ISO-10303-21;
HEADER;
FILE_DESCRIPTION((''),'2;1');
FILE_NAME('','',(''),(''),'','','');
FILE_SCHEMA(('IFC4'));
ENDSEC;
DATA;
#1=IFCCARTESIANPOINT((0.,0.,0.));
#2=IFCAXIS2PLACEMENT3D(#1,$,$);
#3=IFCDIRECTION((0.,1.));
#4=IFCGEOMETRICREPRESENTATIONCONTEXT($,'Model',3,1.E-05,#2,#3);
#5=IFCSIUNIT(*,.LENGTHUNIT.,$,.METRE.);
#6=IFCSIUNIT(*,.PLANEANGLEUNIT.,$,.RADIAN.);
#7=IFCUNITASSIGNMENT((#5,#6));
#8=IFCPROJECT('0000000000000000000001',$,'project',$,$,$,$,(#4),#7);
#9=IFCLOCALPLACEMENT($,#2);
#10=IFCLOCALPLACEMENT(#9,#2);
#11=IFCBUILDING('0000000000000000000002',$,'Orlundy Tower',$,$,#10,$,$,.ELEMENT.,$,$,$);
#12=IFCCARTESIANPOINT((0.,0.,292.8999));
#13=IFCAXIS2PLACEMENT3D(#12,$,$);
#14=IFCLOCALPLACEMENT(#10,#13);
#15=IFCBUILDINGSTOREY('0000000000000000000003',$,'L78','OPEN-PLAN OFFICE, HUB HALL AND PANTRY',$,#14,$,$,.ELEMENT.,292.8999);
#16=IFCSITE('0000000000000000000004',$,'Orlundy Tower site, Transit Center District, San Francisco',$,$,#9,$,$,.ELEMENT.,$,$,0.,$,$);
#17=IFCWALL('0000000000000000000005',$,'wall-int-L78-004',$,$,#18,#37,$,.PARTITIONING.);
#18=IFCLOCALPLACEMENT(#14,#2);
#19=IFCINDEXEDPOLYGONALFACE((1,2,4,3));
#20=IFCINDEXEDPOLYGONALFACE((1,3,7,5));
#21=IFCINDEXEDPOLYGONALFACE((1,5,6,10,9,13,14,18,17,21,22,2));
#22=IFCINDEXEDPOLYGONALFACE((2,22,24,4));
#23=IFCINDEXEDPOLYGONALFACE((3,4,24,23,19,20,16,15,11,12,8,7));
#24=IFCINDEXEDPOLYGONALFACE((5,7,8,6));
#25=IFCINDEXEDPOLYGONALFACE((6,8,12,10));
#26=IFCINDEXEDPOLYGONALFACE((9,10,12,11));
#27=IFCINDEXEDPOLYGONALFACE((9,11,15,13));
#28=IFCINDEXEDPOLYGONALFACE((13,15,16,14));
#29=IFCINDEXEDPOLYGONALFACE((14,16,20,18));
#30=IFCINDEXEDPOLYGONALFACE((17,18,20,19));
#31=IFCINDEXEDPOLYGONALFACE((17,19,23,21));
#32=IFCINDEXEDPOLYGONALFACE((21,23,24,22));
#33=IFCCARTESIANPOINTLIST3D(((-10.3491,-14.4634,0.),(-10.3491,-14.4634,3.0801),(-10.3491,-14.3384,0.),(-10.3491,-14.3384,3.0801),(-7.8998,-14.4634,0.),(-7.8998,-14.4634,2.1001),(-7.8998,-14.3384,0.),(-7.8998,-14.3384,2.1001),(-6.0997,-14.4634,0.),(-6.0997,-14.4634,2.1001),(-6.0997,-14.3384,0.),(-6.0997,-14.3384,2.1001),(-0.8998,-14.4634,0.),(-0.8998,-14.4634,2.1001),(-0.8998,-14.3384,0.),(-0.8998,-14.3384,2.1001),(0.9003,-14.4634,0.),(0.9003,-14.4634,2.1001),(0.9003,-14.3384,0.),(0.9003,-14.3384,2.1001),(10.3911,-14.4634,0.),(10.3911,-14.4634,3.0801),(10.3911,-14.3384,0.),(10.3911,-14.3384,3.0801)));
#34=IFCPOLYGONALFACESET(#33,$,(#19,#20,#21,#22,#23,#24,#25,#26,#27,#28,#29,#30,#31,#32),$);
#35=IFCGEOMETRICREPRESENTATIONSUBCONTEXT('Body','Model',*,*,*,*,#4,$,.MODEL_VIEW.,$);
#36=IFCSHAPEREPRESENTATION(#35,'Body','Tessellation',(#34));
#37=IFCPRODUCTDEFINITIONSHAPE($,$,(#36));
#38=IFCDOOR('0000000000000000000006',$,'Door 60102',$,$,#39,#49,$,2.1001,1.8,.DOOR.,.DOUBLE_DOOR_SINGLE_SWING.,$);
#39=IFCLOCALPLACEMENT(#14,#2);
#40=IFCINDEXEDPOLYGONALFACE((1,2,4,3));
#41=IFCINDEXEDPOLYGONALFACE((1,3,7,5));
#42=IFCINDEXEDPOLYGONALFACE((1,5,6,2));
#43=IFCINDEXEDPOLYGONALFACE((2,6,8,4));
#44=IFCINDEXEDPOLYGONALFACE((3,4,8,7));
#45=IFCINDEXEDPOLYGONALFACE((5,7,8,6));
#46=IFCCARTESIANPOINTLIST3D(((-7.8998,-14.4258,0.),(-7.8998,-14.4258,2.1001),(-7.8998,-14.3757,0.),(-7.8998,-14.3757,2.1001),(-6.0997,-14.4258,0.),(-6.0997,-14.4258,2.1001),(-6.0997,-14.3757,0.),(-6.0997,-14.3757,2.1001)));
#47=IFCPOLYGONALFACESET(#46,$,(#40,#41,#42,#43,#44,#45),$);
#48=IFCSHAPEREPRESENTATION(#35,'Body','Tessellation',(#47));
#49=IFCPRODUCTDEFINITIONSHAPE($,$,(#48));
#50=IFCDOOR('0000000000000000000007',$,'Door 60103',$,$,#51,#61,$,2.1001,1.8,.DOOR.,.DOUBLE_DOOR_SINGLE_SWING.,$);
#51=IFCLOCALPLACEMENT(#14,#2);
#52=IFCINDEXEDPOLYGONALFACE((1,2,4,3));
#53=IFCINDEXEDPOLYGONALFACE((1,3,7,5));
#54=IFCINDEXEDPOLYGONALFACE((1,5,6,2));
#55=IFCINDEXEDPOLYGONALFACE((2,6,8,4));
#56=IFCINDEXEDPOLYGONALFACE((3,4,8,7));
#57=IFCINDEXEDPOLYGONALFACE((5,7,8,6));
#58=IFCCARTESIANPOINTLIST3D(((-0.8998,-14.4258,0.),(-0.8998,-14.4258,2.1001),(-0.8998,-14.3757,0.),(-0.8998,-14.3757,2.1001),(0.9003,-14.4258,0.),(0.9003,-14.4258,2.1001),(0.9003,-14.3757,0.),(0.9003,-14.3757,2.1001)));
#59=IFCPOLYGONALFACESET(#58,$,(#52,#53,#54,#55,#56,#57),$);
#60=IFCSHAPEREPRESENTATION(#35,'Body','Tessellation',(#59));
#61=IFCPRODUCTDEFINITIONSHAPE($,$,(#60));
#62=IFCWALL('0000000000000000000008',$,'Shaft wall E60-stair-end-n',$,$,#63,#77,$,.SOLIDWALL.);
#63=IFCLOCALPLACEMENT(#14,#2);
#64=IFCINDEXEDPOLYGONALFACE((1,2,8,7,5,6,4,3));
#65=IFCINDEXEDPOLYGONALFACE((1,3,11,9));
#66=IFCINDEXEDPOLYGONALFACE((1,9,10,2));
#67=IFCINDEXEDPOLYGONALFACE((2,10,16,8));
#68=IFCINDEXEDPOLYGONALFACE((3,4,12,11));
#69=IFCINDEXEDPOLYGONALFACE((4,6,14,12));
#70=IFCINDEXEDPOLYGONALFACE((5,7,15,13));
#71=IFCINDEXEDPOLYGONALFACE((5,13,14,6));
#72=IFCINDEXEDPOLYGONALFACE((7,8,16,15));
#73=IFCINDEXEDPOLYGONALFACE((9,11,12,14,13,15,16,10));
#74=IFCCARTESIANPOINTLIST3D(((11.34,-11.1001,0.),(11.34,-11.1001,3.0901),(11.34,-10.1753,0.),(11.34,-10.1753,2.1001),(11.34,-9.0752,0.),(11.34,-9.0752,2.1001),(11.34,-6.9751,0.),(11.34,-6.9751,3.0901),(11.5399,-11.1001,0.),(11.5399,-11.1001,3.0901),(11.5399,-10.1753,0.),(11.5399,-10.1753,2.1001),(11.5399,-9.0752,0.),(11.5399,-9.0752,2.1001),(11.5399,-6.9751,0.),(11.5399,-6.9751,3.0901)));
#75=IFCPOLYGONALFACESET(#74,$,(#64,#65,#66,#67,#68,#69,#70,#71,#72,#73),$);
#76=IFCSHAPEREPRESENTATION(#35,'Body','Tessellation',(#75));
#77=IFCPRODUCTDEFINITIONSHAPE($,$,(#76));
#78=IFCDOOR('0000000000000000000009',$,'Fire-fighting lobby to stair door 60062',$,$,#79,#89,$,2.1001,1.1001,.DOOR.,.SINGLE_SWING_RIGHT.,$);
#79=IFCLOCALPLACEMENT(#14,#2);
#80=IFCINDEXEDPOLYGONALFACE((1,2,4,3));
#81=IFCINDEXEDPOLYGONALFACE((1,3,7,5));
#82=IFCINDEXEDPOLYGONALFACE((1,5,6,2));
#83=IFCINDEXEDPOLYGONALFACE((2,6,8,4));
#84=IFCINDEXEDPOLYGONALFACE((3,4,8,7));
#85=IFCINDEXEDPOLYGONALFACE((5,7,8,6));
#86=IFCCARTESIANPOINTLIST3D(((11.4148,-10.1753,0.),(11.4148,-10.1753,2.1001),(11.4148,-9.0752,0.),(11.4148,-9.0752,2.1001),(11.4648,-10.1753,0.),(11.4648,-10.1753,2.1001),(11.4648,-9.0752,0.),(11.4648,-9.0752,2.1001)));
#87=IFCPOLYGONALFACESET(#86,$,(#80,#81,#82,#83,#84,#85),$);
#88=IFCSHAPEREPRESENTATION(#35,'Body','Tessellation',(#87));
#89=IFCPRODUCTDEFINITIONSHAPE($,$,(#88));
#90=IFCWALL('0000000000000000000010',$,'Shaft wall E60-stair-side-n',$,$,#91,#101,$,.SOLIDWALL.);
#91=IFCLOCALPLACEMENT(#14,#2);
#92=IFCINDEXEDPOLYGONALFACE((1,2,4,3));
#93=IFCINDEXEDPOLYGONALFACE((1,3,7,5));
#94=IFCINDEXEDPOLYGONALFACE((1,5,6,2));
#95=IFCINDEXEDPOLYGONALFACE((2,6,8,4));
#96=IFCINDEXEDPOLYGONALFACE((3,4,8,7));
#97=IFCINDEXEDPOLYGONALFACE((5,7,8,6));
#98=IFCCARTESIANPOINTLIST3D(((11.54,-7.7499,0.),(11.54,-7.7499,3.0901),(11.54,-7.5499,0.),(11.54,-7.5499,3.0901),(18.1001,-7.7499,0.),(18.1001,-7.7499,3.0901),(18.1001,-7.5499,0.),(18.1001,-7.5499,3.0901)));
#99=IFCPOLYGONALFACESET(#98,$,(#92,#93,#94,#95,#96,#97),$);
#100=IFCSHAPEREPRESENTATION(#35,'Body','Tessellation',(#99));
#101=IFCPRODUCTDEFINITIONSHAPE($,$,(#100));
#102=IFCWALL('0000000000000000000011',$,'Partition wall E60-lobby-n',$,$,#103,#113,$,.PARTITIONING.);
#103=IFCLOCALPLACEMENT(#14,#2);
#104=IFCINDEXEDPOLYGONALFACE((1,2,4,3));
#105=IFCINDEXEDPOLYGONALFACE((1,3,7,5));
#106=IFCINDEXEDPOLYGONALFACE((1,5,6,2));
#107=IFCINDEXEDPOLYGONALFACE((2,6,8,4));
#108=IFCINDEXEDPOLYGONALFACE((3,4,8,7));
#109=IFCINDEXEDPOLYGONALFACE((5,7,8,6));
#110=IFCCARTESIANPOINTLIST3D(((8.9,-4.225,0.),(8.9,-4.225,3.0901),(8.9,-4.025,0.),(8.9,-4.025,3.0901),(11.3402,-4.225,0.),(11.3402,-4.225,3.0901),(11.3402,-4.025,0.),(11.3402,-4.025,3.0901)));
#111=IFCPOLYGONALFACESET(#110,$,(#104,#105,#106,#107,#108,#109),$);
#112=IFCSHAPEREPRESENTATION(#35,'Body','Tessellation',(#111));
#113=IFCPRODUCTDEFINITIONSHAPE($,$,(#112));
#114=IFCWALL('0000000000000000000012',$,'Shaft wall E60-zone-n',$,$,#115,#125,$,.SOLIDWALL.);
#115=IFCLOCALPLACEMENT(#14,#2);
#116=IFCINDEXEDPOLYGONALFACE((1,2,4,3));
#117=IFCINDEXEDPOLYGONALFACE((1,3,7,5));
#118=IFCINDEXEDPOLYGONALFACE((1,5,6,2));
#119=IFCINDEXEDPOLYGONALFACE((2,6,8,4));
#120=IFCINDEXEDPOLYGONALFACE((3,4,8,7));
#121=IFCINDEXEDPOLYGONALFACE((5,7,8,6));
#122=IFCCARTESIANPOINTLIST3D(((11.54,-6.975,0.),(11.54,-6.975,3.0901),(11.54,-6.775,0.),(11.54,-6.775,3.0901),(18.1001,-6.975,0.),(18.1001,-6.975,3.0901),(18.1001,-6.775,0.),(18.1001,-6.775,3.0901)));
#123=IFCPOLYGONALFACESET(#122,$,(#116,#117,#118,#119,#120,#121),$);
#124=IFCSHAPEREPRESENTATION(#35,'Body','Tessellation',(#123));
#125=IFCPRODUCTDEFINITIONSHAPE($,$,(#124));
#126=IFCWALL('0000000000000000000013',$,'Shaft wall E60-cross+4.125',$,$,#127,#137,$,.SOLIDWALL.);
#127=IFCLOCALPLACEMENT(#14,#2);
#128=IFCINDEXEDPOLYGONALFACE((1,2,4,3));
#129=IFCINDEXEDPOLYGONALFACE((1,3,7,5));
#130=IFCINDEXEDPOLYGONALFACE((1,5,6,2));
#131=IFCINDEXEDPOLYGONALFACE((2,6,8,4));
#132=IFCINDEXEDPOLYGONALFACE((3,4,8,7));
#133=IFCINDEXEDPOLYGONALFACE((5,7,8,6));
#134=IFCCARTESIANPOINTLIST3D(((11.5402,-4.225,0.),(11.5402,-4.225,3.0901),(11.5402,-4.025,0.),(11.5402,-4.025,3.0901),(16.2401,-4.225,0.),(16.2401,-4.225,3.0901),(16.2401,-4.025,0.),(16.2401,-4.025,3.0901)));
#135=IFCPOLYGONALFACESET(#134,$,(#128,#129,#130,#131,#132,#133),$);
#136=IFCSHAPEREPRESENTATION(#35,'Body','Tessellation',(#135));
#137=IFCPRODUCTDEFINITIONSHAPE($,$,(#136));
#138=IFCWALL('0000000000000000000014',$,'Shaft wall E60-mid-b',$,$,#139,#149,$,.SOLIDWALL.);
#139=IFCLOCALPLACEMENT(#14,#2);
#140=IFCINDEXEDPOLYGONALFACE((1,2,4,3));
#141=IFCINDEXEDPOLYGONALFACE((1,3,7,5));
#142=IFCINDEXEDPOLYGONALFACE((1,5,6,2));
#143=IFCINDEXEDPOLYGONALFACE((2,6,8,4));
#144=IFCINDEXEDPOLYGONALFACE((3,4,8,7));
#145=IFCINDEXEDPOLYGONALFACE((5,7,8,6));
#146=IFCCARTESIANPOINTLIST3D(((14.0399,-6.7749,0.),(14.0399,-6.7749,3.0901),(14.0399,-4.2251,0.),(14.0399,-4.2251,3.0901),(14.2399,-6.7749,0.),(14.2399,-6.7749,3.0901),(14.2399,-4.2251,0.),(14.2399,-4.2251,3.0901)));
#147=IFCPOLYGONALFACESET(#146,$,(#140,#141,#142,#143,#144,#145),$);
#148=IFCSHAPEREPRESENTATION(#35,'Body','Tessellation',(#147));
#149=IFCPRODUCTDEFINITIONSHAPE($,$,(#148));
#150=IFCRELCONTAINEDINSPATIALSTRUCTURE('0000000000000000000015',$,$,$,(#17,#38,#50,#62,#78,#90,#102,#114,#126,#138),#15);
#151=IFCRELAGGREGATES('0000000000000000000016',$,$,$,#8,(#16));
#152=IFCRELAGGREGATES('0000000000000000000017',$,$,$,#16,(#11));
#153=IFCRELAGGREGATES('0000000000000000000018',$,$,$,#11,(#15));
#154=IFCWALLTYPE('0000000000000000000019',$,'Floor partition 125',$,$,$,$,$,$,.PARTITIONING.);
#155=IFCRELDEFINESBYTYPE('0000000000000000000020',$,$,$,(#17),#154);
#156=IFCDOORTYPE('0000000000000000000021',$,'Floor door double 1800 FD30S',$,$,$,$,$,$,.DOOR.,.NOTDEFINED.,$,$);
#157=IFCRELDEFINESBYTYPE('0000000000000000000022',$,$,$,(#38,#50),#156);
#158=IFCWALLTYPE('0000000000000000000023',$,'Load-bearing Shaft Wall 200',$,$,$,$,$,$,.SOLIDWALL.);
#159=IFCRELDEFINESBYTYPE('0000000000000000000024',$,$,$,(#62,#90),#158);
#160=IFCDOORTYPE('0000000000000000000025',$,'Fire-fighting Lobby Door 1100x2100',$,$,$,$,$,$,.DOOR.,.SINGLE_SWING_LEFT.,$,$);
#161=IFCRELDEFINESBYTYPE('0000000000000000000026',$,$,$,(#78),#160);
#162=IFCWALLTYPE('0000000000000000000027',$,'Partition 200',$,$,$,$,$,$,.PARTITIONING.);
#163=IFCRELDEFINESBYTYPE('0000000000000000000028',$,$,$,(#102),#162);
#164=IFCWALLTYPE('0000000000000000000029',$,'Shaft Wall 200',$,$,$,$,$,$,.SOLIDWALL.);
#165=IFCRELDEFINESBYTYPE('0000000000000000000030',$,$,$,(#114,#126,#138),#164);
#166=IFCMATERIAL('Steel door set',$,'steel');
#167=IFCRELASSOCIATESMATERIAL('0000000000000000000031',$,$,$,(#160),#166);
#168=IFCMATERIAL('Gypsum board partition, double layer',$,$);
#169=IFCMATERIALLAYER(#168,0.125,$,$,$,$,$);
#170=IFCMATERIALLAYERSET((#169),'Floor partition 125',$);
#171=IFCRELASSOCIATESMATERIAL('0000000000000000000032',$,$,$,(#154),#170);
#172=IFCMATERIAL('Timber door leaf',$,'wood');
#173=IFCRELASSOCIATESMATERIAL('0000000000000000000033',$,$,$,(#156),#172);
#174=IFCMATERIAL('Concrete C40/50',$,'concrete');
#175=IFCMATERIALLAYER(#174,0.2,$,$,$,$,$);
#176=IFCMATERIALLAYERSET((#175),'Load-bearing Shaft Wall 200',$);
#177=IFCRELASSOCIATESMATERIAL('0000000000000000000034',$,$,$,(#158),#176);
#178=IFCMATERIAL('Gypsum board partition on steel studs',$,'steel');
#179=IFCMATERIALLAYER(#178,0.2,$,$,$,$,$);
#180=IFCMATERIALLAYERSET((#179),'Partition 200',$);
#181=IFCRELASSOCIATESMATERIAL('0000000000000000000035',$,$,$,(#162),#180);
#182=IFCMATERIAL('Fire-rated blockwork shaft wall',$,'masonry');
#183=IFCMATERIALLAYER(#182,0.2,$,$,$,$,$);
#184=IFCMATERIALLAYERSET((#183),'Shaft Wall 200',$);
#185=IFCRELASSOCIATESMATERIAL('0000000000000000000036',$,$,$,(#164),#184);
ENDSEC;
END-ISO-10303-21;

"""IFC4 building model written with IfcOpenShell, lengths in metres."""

from ifc_helpers import new_model, si_unit, direction, frame, frame_2d, origin, place, context, subcontext, project, spatial, rectangle, extrude, material, layer, layer_set, type_object, element, fill, save


model = new_model("IFC4")

# Units and contexts
model_context = context("Model", 3, precision=1e-05, world=origin(), true_north=direction((0.0, 1.0)))
body_context = subcontext(model_context, "Body", "Model", "MODEL_VIEW")
ifc_project = project(units=[si_unit("LENGTHUNIT", "METRE"), si_unit("PLANEANGLEUNIT", "RADIAN")], contexts=[model_context])

# Site, building, storey
site_placement = place(None, origin())
site = spatial("IfcSite", under=ifc_project, at=site_placement, Name="Orlundy Tower site, Transit Center District, San Francisco", CompositionType="ELEMENT", RefElevation=0.0)
building_placement = place(site_placement, origin())
building = spatial("IfcBuilding", under=site, at=building_placement, Name="Orlundy Tower", CompositionType="ELEMENT")
storey_placement = place(building_placement, frame((0.0, 0.0, 292.8999)))
storey = spatial("IfcBuildingStorey", under=building, at=storey_placement, Name="L78", Description="OPEN-PLAN OFFICE, HUB HALL AND PANTRY", CompositionType="ELEMENT", Elevation=292.8999)

# Shared definitions
ifc_material_1 = material(Name="Steel door set", Category="steel")
door_type_1 = type_object("IfcDoorType", Name="Fire-fighting Lobby Door 1100x2100", OperationType="SINGLE_SWING_LEFT", PredefinedType="DOOR", material=ifc_material_1)

# Wall, openings, doors
ifc_material_2 = material(Name="Gypsum board partition, double layer")
ifc_layer_1 = layer(ifc_material_2, 0.125)
ifc_layer_set_1 = layer_set([ifc_layer_1], Name="Floor partition 125")
wall_type_1 = type_object("IfcWallType", Name="Floor partition 125", PredefinedType="PARTITIONING", material=ifc_layer_set_1)
wall_1_placement = place(storey_placement, frame((10.3911, -14.4009, 0.0), z_axis=(0.0, 0.0, 1.0), x_axis=(-1.0, 0.0, 0.0)))
wall_1 = element("IfcWall", 1, at=wall_1_placement, inside=storey, type_object=wall_type_1, Name="wall-int-L78-004", PredefinedType="PARTITIONING", context=body_context, shape_type="SweptSolid", body=[
    extrude(rectangle(XDim=20.7402, YDim=0.125, at=frame_2d((10.3701, 0.0))), origin(), (0.0, 0.0, 1.0), 3.0801),
])
opening_1_placement = place(wall_1_placement, frame((16.491, 0.0, 0.0)))
opening_1 = element("IfcOpeningElement", 2, at=opening_1_placement, cuts=wall_1, PredefinedType="OPENING", context=body_context, shape_type="SweptSolid", body=[
    extrude(rectangle(XDim=1.8, YDim=2.1001, at=frame_2d((0.8999, 1.05))), frame((0.0, 0.0725, 0.0), z_axis=(0.0, -1.0, 0.0), x_axis=(1.0, 0.0, 0.0)), (0.0, 0.0, 1.0), 0.145),
])
opening_2_placement = place(wall_1_placement, frame((9.491, 0.0, 0.0)))
opening_2 = element("IfcOpeningElement", 3, at=opening_2_placement, cuts=wall_1, PredefinedType="OPENING", context=body_context, shape_type="SweptSolid", body=[
    extrude(rectangle(XDim=1.8, YDim=2.1001, at=frame_2d((0.8999, 1.05))), frame((0.0, 0.0725, 0.0), z_axis=(0.0, -1.0, 0.0), x_axis=(1.0, 0.0, 0.0)), (0.0, 0.0, 1.0), 0.145),
])
ifc_material_3 = material(Name="Timber door leaf", Category="wood")
door_type_2 = type_object("IfcDoorType", Name="Floor door double 1800 FD30S", OperationType="NOTDEFINED", PredefinedType="DOOR", material=ifc_material_3)
door_1_placement = place(opening_1_placement, origin())
door_1 = element("IfcDoor", 4, at=door_1_placement, inside=storey, type_object=door_type_2, Name="Door 60102", OperationType="DOUBLE_DOOR_SINGLE_SWING", OverallHeight=2.1001, OverallWidth=1.8, PredefinedType="DOOR", context=body_context, shape_type="SweptSolid", body=[
    extrude(rectangle(XDim=1.8, YDim=2.1001, at=frame_2d((0.8999, 1.05))), frame((0.0, 0.0249, 0.0), z_axis=(0.0, -1.0, 0.0), x_axis=(1.0, 0.0, 0.0)), (0.0, 0.0, 1.0), 0.05),
])
fill(opening_1, door_1)
door_2_placement = place(opening_2_placement, origin())
door_2 = element("IfcDoor", 5, at=door_2_placement, inside=storey, type_object=door_type_2, Name="Door 60103", OperationType="DOUBLE_DOOR_SINGLE_SWING", OverallHeight=2.1001, OverallWidth=1.8, PredefinedType="DOOR", context=body_context, shape_type="SweptSolid", body=[
    extrude(rectangle(XDim=1.8, YDim=2.1001, at=frame_2d((0.8999, 1.05))), frame((0.0, 0.0249, 0.0), z_axis=(0.0, -1.0, 0.0), x_axis=(1.0, 0.0, 0.0)), (0.0, 0.0, 1.0), 0.05),
])
fill(opening_2, door_2)

# Wall, opening, door
ifc_material_4 = material(Name="Concrete C40/50", Category="concrete")
ifc_layer_2 = layer(ifc_material_4, 0.2)
ifc_layer_set_2 = layer_set([ifc_layer_2], Name="Load-bearing Shaft Wall 200")
wall_type_2 = type_object("IfcWallType", Name="Load-bearing Shaft Wall 200", PredefinedType="SOLIDWALL", material=ifc_layer_set_2)
wall_2_placement = place(storey_placement, frame((11.4399, -6.9751, 0.0), z_axis=(0.0, 0.0, 1.0), x_axis=(0.0, -1.0, 0.0)))
wall_2 = element("IfcWall", 6, at=wall_2_placement, inside=storey, type_object=wall_type_2, Name="Shaft wall E60-stair-end-n", PredefinedType="SOLIDWALL", context=body_context, shape_type="SweptSolid", body=[
    extrude(rectangle(XDim=4.125, YDim=0.2, at=frame_2d((2.0625, 0.0))), origin(), (0.0, 0.0, 1.0), 3.0901),
])
opening_3_placement = place(wall_2_placement, frame((2.1001, 0.0, 0.0)))
opening_3 = element("IfcOpeningElement", 7, at=opening_3_placement, cuts=wall_2, PredefinedType="OPENING", context=body_context, shape_type="SweptSolid", body=[
    extrude(rectangle(XDim=1.1001, YDim=2.1001, at=frame_2d((0.55, 1.05))), frame((0.0, 0.1101, 0.0), z_axis=(0.0, -1.0, 0.0), x_axis=(1.0, 0.0, 0.0)), (0.0, 0.0, 1.0), 0.2202),
])
door_3_placement = place(opening_3_placement, origin())
door_3 = element("IfcDoor", 8, at=door_3_placement, inside=storey, type_object=door_type_1, Name="Fire-fighting lobby to stair door 60062", OperationType="SINGLE_SWING_RIGHT", OverallHeight=2.1001, OverallWidth=1.1001, PredefinedType="DOOR", context=body_context, shape_type="SweptSolid", body=[
    extrude(rectangle(XDim=1.1001, YDim=2.1001, at=frame_2d((0.55, 1.05))), frame((0.0, 0.0249, 0.0), z_axis=(0.0, -1.0, 0.0), x_axis=(1.0, 0.0, 0.0)), (0.0, 0.0, 1.0), 0.05),
])
fill(opening_3, door_3)

# Walls
wall_3_placement = place(storey_placement, frame((11.54, -7.6499, 0.0), z_axis=(0.0, 0.0, 1.0), x_axis=(1.0, 0.0, 0.0)))
element("IfcWall", 9, at=wall_3_placement, inside=storey, type_object=wall_type_2, Name="Shaft wall E60-stair-side-n", PredefinedType="SOLIDWALL", context=body_context, shape_type="SweptSolid", body=[
    extrude(rectangle(XDim=6.5601, YDim=0.2, at=frame_2d((3.28, 0.0))), origin(), (0.0, 0.0, 1.0), 3.0901),
])
ifc_material_5 = material(Name="Gypsum board partition on steel studs", Category="steel")
ifc_layer_3 = layer(ifc_material_5, 0.2)
ifc_layer_set_3 = layer_set([ifc_layer_3], Name="Partition 200")
wall_type_3 = type_object("IfcWallType", Name="Partition 200", PredefinedType="PARTITIONING", material=ifc_layer_set_3)
wall_4_placement = place(storey_placement, frame((8.8999, -4.125, 0.0), z_axis=(0.0, 0.0, 1.0), x_axis=(1.0, 0.0, 0.0)))
element("IfcWall", 10, at=wall_4_placement, inside=storey, type_object=wall_type_3, Name="Partition wall E60-lobby-n", PredefinedType="PARTITIONING", context=body_context, shape_type="SweptSolid", body=[
    extrude(rectangle(XDim=2.4402, YDim=0.2, at=frame_2d((1.2202, 0.0))), origin(), (0.0, 0.0, 1.0), 3.0901),
])
ifc_material_6 = material(Name="Fire-rated blockwork shaft wall", Category="masonry")
ifc_layer_4 = layer(ifc_material_6, 0.2)
ifc_layer_set_4 = layer_set([ifc_layer_4], Name="Shaft Wall 200")
wall_type_4 = type_object("IfcWallType", Name="Shaft Wall 200", PredefinedType="SOLIDWALL", material=ifc_layer_set_4)
wall_5_placement = place(storey_placement, frame((11.54, -6.875, 0.0), z_axis=(0.0, 0.0, 1.0), x_axis=(1.0, 0.0, 0.0)))
element("IfcWall", 11, at=wall_5_placement, inside=storey, type_object=wall_type_4, Name="Shaft wall E60-zone-n", PredefinedType="SOLIDWALL", context=body_context, shape_type="SweptSolid", body=[
    extrude(rectangle(XDim=6.5601, YDim=0.2, at=frame_2d((3.28, 0.0))), origin(), (0.0, 0.0, 1.0), 3.0901),
])
wall_6_placement = place(storey_placement, frame((11.54, -4.125, 0.0), z_axis=(0.0, 0.0, 1.0), x_axis=(1.0, 0.0, 0.0)))
element("IfcWall", 12, at=wall_6_placement, inside=storey, type_object=wall_type_4, Name="Shaft wall E60-cross+4.125", PredefinedType="SOLIDWALL", context=body_context, shape_type="SweptSolid", body=[
    extrude(rectangle(XDim=4.7, YDim=0.2, at=frame_2d((2.3501, 0.0))), origin(), (0.0, 0.0, 1.0), 3.0901),
])
wall_7_placement = place(storey_placement, frame((14.1399, -4.2251, 0.0), z_axis=(0.0, 0.0, 1.0), x_axis=(0.0, -1.0, 0.0)))
element("IfcWall", 13, at=wall_7_placement, inside=storey, type_object=wall_type_4, Name="Shaft wall E60-mid-b", PredefinedType="SOLIDWALL", context=body_context, shape_type="SweptSolid", body=[
    extrude(rectangle(XDim=2.5498, YDim=0.2, at=frame_2d((1.2749, 0.0))), origin(), (0.0, 0.0, 1.0), 3.0901),
])

save(model, "model.ifc")
